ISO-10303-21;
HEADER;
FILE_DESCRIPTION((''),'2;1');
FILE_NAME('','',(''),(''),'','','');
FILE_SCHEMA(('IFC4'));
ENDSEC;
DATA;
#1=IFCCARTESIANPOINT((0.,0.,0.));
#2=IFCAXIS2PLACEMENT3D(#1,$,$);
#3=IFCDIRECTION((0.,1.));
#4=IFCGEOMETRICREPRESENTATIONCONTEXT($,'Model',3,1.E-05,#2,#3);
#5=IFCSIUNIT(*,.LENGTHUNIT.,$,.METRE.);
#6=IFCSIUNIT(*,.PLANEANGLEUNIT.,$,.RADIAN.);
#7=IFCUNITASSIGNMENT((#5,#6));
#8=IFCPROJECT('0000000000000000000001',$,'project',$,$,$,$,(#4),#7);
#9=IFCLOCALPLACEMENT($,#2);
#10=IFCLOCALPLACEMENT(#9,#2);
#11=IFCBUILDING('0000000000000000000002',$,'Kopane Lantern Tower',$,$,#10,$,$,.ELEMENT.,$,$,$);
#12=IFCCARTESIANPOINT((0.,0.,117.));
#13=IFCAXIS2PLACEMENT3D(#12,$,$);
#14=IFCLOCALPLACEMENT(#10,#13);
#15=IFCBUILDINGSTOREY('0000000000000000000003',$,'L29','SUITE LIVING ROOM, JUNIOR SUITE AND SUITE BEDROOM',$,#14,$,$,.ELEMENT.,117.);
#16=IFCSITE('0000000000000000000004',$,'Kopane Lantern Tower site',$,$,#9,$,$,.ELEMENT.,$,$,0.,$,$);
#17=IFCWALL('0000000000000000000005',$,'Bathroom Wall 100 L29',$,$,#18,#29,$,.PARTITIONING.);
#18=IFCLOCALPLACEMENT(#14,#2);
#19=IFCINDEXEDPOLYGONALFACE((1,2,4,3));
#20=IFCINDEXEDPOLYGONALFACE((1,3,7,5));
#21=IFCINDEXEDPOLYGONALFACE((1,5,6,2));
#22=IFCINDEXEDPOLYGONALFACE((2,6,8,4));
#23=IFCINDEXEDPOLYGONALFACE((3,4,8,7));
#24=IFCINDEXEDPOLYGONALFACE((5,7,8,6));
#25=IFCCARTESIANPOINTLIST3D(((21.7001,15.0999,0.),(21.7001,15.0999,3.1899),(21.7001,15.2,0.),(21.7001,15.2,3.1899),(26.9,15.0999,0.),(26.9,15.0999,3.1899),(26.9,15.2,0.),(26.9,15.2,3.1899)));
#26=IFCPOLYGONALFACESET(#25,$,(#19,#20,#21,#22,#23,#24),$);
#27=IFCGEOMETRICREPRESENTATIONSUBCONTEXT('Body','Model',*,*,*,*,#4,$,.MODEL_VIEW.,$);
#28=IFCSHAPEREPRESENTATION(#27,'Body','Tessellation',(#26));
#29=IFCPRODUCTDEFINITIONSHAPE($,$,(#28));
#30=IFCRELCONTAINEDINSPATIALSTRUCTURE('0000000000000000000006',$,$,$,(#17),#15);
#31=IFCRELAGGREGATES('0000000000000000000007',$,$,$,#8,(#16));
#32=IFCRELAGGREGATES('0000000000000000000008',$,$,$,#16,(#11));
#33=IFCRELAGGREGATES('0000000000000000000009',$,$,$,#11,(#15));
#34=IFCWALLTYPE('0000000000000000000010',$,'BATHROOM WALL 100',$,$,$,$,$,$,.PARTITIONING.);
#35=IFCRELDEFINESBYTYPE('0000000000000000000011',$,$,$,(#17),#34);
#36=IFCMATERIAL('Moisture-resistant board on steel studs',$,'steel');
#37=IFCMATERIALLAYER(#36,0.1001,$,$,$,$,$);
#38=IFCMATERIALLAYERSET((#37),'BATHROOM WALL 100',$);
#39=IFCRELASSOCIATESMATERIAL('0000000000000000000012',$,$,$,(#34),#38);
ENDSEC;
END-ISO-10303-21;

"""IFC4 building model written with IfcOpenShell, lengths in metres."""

from ifc_helpers import new_model, si_unit, direction, frame, frame_2d, origin, place, context, subcontext, project, spatial, rectangle, extrude, material, layer, layer_set, type_object, element, save


model = new_model("IFC4")

# Units and contexts
model_context = context("Model", 3, precision=1e-05, world=origin(), true_north=direction((0.0, 1.0)))
body_context = subcontext(model_context, "Body", "Model", "MODEL_VIEW")
ifc_project = project(units=[si_unit("LENGTHUNIT", "METRE"), si_unit("PLANEANGLEUNIT", "RADIAN")], contexts=[model_context])

# Site, building, storey
site_placement = place(None, origin())
site = spatial("IfcSite", under=ifc_project, at=site_placement, Name="Kopane Lantern Tower site", CompositionType="ELEMENT", RefElevation=0.0)
building_placement = place(site_placement, origin())
building = spatial("IfcBuilding", under=site, at=building_placement, Name="Kopane Lantern Tower", CompositionType="ELEMENT")
storey_placement = place(building_placement, frame((0.0, 0.0, 117.0)))
storey = spatial("IfcBuildingStorey", under=building, at=storey_placement, Name="L29", Description="SUITE LIVING ROOM, JUNIOR SUITE AND SUITE BEDROOM", CompositionType="ELEMENT", Elevation=117.0)

# Wall
ifc_material_1 = material(Name="Moisture-resistant board on steel studs", Category="steel")
ifc_layer_1 = layer(ifc_material_1, 0.1001)
ifc_layer_set_1 = layer_set([ifc_layer_1], Name="BATHROOM WALL 100")
wall_type_1 = type_object("IfcWallType", Name="BATHROOM WALL 100", PredefinedType="PARTITIONING", material=ifc_layer_set_1)
wall_1_placement = place(storey_placement, frame((21.7, 15.1499, 0.0), z_axis=(0.0, 0.0, 1.0), x_axis=(1.0, 0.0, 0.0)))
element("IfcWall", 1, at=wall_1_placement, inside=storey, type_object=wall_type_1, Name="Bathroom Wall 100 L29", PredefinedType="PARTITIONING", context=body_context, shape_type="SweptSolid", body=[
    extrude(rectangle(XDim=5.2, YDim=0.1001, at=frame_2d((2.6001, 0.0))), origin(), (0.0, 0.0, 1.0), 3.1899),
])

save(model, "model.ifc")
